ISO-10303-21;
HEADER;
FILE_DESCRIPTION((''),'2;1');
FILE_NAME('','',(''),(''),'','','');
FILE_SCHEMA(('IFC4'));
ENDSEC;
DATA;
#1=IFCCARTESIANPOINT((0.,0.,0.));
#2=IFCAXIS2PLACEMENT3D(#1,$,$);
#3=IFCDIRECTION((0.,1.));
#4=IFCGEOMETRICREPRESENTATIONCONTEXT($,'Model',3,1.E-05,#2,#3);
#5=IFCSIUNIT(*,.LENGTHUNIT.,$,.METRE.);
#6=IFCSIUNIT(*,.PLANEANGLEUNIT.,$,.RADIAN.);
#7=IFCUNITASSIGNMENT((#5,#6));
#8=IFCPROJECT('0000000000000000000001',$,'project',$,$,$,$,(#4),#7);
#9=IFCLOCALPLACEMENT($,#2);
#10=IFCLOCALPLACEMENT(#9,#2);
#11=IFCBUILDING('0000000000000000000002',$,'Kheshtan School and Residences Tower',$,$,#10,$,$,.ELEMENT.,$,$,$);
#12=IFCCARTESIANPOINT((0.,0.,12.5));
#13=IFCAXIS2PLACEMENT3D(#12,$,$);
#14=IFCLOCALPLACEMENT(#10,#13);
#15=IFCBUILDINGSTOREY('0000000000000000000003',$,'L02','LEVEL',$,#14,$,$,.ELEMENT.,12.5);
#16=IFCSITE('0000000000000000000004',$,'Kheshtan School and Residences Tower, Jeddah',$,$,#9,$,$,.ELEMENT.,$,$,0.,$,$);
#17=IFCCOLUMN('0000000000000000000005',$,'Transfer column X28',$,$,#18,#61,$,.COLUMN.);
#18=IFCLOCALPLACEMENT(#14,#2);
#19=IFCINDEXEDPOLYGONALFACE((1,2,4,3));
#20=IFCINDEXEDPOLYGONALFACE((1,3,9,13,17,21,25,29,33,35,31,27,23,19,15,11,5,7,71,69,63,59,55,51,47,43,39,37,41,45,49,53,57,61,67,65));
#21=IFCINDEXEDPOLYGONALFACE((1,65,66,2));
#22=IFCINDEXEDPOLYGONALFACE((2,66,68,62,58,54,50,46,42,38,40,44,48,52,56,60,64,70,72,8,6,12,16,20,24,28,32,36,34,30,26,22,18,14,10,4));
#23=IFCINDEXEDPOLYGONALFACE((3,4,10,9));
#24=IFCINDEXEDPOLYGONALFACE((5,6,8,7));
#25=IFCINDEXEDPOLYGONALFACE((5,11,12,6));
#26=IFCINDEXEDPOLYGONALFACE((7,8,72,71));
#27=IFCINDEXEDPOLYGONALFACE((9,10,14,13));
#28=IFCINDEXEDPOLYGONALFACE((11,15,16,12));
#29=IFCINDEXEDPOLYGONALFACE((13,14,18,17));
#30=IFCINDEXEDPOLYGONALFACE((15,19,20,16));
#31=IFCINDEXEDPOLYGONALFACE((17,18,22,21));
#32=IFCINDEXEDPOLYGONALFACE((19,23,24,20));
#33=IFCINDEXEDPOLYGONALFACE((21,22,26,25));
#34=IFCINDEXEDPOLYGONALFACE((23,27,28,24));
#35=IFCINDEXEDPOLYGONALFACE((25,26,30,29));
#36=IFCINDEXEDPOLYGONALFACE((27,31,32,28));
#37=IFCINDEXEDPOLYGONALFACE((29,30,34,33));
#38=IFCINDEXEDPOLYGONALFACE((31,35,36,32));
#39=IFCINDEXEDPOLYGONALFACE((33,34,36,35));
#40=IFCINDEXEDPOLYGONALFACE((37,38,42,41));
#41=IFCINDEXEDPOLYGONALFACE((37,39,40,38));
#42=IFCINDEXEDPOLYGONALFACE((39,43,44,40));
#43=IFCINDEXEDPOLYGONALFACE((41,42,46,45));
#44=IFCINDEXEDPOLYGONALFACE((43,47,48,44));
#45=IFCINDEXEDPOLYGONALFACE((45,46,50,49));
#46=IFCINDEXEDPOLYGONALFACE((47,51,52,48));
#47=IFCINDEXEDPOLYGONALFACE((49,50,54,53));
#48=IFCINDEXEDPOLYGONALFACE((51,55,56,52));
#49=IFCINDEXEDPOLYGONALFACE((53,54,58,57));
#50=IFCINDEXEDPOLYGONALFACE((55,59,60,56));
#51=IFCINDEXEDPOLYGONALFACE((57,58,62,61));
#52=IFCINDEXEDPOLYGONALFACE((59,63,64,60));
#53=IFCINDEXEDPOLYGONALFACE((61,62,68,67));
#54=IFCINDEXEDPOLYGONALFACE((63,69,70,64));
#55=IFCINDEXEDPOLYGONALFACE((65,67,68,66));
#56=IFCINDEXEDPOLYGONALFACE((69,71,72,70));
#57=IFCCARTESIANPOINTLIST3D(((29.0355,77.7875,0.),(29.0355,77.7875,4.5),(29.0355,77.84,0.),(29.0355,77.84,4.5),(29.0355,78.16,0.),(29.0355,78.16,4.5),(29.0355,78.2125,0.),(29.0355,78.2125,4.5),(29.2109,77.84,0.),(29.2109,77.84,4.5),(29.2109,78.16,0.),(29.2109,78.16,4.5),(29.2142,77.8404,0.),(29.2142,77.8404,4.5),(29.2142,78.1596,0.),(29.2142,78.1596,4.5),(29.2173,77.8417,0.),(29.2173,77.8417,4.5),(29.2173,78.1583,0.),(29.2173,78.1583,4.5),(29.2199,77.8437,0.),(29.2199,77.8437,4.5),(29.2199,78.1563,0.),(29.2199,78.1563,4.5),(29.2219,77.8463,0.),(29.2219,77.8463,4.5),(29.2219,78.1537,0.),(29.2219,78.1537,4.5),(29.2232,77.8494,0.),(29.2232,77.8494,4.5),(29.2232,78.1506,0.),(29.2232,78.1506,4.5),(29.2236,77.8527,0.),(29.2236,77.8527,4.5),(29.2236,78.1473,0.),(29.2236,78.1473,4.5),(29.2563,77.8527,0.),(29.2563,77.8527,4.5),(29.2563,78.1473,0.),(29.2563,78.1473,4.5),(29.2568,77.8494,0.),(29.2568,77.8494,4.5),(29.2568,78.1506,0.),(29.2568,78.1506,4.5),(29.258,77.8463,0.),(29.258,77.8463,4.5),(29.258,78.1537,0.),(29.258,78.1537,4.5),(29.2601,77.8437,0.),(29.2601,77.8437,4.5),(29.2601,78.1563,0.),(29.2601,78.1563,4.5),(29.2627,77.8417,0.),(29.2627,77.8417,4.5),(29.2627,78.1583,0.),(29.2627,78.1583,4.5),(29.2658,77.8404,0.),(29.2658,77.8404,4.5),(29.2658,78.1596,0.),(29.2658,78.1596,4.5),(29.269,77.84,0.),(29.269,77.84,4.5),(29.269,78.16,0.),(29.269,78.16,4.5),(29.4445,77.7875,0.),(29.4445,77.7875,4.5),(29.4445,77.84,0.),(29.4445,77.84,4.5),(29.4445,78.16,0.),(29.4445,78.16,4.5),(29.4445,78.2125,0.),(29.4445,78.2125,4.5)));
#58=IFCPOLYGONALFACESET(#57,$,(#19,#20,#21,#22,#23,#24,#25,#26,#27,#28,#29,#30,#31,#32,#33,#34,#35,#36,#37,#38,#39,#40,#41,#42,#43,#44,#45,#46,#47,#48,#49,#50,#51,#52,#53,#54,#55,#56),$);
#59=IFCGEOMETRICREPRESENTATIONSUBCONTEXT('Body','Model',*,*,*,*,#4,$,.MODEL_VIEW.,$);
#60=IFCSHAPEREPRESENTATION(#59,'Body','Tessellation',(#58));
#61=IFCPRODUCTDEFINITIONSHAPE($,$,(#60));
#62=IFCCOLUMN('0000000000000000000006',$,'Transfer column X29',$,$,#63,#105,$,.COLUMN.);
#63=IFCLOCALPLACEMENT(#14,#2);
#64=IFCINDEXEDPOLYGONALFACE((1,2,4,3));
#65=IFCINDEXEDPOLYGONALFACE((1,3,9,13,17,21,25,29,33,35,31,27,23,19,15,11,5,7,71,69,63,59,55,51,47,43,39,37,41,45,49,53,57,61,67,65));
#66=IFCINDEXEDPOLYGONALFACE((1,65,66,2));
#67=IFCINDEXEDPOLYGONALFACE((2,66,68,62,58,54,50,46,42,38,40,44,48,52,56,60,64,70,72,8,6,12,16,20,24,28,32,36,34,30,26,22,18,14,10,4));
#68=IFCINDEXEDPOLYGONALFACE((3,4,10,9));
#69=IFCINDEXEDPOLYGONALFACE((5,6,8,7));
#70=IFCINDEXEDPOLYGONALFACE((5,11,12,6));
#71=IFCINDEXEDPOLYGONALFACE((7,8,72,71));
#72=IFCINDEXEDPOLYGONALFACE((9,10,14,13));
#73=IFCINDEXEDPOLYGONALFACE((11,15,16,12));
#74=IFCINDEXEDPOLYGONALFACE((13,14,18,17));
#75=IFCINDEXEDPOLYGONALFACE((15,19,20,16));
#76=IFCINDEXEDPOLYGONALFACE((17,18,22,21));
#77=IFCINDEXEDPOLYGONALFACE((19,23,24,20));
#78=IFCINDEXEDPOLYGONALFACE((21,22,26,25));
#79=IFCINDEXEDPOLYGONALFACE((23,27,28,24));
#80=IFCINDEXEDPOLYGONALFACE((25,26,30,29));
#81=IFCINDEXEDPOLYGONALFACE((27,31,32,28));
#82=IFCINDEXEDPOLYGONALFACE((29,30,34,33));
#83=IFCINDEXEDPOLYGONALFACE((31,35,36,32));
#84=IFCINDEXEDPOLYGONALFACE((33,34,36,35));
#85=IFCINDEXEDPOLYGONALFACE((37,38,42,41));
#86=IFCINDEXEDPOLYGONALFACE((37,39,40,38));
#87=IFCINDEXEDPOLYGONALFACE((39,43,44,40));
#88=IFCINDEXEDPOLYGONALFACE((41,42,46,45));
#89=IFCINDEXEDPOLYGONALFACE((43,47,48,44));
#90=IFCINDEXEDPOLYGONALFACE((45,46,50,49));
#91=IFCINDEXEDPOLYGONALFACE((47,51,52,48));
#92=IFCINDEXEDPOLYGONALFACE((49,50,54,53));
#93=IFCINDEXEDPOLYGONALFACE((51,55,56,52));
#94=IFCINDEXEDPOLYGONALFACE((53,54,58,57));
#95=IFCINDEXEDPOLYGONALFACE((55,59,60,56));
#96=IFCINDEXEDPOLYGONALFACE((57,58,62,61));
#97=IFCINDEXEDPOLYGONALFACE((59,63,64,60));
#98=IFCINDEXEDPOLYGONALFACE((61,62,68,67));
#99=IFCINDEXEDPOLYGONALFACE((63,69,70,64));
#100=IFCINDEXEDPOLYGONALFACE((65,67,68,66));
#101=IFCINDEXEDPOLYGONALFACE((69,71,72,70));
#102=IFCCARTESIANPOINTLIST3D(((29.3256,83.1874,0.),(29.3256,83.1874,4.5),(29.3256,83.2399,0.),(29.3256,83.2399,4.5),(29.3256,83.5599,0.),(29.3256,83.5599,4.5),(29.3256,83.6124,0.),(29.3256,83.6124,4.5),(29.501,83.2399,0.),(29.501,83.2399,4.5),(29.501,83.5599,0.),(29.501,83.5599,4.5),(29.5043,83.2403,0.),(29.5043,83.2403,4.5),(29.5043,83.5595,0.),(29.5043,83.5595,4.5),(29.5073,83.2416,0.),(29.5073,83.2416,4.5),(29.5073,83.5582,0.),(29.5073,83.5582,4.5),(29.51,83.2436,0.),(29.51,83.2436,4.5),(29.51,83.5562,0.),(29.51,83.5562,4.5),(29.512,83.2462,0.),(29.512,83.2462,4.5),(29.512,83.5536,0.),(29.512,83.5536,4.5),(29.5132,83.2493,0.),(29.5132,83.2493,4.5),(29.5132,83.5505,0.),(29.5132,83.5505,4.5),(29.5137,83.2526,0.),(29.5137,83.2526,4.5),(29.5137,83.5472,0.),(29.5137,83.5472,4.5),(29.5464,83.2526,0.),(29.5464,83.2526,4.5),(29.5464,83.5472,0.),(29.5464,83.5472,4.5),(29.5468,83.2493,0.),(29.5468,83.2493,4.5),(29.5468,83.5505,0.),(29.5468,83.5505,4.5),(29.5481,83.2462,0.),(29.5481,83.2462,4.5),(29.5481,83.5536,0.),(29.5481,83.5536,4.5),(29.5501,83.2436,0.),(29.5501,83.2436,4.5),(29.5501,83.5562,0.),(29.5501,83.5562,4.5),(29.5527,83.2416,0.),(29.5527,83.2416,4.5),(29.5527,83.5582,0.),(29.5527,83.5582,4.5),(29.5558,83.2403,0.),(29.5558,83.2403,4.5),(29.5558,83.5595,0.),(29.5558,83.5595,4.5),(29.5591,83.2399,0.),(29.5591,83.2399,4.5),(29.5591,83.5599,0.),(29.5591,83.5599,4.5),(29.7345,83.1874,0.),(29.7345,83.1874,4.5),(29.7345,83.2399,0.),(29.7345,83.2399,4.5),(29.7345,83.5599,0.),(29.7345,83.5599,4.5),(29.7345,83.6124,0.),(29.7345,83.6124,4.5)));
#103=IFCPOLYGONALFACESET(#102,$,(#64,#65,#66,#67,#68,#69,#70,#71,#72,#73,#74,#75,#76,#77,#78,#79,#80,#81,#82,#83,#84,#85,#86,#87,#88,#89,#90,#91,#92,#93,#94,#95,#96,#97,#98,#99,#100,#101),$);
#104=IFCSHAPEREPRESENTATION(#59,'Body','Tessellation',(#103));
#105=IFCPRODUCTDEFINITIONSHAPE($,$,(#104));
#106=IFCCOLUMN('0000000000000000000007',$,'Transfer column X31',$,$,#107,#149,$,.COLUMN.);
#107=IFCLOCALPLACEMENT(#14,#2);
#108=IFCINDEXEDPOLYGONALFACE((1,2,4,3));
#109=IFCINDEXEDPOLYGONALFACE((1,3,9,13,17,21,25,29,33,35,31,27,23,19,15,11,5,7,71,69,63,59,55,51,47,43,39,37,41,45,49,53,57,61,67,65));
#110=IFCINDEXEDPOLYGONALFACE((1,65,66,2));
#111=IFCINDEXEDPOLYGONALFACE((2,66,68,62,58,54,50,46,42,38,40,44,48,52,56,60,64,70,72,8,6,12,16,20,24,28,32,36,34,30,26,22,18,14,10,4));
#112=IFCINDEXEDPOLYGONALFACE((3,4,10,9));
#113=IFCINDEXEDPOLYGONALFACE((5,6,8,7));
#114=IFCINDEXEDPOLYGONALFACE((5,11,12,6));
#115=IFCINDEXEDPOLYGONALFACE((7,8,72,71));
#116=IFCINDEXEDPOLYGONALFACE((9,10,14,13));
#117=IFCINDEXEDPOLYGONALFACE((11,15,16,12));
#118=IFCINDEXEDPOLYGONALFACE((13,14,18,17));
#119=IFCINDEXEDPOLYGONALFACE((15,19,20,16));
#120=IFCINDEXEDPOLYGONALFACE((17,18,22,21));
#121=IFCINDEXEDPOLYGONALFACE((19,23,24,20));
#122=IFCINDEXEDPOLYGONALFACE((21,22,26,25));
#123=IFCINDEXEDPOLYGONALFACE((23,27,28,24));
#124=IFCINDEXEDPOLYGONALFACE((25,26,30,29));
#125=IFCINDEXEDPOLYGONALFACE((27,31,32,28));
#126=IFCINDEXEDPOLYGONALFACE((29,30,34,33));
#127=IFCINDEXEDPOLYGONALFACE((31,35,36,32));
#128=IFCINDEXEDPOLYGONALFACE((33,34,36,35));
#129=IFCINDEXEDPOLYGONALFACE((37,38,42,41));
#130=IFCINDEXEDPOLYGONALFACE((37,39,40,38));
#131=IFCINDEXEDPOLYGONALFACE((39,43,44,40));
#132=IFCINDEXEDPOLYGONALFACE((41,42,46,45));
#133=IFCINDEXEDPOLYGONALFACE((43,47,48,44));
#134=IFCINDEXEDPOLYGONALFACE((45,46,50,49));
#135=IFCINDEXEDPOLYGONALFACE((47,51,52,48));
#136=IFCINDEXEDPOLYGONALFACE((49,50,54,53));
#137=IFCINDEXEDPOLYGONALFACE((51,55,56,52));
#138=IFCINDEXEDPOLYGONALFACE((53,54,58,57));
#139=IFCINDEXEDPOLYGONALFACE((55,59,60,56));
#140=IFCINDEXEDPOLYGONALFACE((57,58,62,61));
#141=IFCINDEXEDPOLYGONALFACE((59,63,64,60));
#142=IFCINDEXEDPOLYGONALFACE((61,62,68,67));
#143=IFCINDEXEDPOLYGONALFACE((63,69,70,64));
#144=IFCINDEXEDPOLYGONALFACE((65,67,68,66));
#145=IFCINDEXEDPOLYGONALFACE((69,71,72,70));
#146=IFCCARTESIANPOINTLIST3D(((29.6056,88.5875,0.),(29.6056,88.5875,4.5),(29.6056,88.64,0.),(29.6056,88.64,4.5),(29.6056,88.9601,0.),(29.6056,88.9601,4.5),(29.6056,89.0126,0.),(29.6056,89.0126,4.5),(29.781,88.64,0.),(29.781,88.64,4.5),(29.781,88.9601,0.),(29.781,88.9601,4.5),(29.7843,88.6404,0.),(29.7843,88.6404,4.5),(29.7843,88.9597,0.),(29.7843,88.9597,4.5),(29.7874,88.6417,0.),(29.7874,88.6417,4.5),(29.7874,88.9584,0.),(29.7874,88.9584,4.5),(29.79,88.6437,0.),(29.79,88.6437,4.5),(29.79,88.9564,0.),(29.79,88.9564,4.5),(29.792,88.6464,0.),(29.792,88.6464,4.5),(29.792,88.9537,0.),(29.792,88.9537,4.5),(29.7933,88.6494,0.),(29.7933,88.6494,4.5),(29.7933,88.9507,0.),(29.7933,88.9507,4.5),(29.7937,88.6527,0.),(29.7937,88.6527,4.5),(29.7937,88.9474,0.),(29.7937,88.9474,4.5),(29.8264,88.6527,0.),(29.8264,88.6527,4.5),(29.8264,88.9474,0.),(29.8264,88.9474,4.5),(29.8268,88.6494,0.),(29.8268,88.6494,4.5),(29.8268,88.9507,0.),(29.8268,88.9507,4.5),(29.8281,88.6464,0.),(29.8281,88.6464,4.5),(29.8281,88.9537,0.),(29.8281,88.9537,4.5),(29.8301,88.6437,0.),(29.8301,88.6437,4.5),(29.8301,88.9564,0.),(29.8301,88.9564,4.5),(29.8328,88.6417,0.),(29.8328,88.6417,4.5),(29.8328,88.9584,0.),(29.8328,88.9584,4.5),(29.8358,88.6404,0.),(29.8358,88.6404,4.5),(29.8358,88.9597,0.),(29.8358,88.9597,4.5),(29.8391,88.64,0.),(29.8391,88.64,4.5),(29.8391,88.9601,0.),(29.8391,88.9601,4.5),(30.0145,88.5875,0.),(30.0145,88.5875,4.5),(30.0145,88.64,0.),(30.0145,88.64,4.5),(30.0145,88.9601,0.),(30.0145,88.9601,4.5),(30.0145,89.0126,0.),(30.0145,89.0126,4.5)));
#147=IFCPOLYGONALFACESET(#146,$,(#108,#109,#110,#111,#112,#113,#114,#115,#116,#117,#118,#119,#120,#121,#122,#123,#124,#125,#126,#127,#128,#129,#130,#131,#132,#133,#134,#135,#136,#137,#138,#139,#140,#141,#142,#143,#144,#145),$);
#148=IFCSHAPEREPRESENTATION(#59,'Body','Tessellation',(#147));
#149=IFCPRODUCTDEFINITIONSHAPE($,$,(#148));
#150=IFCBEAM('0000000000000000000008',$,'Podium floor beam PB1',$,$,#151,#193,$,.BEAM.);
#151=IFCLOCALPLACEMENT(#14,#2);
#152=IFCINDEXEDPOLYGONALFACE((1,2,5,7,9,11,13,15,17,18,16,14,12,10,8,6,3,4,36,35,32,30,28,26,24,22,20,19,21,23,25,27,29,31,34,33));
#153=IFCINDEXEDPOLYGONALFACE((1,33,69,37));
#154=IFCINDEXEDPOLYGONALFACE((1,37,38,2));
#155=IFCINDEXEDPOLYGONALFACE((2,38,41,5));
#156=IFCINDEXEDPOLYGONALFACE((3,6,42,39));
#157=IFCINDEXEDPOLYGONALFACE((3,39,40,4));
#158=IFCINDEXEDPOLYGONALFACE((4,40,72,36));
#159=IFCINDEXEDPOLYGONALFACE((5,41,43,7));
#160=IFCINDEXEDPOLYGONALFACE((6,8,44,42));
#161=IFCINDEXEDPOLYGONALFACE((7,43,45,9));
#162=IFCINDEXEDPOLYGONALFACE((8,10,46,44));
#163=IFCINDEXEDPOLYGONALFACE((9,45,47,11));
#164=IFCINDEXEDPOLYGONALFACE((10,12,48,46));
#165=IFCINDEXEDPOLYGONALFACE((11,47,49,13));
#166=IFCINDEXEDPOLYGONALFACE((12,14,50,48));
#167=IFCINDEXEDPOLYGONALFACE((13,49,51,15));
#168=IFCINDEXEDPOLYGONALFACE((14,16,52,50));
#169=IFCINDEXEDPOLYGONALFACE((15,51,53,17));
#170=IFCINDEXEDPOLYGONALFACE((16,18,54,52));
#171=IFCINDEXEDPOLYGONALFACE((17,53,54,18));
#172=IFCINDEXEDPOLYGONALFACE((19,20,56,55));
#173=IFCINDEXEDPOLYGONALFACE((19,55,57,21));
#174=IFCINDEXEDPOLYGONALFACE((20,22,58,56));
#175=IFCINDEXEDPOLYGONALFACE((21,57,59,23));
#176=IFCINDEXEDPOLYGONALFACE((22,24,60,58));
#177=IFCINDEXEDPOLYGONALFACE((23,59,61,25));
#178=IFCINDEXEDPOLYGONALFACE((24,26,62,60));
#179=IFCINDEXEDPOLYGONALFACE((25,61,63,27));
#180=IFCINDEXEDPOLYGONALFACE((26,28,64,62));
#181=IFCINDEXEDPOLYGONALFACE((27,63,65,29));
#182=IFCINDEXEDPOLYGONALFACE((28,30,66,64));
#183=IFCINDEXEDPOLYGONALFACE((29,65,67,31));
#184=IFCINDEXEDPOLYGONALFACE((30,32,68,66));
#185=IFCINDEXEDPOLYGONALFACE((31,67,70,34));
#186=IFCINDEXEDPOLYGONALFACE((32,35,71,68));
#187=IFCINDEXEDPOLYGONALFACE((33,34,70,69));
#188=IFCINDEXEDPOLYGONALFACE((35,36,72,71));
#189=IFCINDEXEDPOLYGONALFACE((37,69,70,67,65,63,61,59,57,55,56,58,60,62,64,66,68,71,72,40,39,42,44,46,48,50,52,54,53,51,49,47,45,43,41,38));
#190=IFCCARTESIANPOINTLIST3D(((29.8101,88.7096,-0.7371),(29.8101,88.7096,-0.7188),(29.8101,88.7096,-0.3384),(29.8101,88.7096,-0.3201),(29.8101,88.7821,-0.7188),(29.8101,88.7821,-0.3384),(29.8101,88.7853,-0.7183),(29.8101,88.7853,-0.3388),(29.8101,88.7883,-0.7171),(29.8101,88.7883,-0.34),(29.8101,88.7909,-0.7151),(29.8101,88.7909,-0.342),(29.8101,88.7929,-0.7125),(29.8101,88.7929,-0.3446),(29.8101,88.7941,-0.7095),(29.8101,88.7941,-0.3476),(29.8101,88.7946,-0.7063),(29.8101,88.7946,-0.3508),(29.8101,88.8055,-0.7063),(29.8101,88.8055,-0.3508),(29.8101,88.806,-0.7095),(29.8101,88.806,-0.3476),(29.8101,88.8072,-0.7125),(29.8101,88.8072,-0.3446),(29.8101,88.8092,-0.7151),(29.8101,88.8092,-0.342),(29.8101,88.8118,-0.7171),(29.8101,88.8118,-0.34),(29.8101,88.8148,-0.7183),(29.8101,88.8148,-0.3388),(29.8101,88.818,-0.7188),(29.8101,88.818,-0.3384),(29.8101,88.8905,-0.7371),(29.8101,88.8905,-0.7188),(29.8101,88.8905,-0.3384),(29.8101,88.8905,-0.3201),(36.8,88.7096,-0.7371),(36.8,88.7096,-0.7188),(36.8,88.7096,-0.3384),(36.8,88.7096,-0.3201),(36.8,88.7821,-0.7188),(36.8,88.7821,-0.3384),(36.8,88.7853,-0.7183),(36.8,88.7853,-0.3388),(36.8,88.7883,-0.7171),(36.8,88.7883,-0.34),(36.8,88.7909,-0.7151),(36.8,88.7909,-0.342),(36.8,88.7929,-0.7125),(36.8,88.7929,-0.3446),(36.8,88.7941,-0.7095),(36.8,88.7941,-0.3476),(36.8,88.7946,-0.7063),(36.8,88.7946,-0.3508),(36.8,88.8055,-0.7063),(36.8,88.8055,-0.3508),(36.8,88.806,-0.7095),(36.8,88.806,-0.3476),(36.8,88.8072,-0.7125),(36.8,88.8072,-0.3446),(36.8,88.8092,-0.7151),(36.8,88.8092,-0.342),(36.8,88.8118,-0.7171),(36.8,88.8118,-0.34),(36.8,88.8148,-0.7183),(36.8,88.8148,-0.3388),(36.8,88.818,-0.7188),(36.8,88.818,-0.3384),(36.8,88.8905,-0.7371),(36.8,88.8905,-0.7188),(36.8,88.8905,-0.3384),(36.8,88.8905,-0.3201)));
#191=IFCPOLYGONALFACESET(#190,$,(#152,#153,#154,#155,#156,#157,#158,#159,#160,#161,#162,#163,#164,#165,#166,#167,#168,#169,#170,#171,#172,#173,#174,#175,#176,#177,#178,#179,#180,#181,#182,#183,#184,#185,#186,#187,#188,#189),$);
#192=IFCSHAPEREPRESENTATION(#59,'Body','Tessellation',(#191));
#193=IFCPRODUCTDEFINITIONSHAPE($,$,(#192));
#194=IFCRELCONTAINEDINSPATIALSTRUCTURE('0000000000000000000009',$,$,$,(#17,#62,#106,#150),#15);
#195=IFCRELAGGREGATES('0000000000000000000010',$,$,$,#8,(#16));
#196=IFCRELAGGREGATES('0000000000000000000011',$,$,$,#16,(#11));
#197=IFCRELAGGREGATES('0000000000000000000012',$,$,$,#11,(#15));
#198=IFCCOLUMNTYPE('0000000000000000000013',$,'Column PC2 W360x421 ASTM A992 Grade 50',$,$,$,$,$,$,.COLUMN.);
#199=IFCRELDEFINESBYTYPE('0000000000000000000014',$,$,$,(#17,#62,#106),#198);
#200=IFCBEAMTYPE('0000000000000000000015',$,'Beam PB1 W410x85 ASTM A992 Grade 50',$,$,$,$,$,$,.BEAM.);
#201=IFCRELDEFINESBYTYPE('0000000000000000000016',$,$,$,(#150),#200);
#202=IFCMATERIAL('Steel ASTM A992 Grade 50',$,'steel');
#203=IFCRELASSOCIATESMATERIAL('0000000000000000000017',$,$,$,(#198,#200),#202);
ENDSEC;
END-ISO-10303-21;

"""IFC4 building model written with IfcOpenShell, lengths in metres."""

from ifc_helpers import new_model, si_unit, direction, frame, origin, origin_2d, place, context, subcontext, project, spatial, i_section, extrude, material, material_profile, profile_set, type_object, element, save


model = new_model("IFC4")

# Units and contexts
model_context = context("Model", 3, precision=1e-05, world=origin(), true_north=direction((0.0, 1.0)))
body_context = subcontext(model_context, "Body", "Model", "MODEL_VIEW")
ifc_project = project(units=[si_unit("LENGTHUNIT", "METRE"), si_unit("PLANEANGLEUNIT", "RADIAN")], contexts=[model_context])

# Site, building, storey
site_placement = place(None, origin())
site = spatial("IfcSite", under=ifc_project, at=site_placement, Name="Kheshtan School and Residences Tower, Jeddah", CompositionType="ELEMENT", RefElevation=0.0)
building_placement = place(site_placement, origin())
building = spatial("IfcBuilding", under=site, at=building_placement, Name="Kheshtan School and Residences Tower", CompositionType="ELEMENT")
storey_placement = place(building_placement, frame((0.0, 0.0, 12.5)))
storey = spatial("IfcBuildingStorey", under=building, at=storey_placement, Name="L02", Description="LEVEL", CompositionType="ELEMENT", Elevation=12.5)

# Columns
ifc_material_1 = material(Name="Steel ASTM A992 Grade 50", Category="steel")
ifc_material_profile_1 = material_profile(ifc_material_1, i_section(OverallWidth=0.4089, OverallDepth=0.425, WebThickness=0.0327, FlangeThickness=0.0525, FilletRadius=0.0127, at=origin_2d()), Name="W360x421")
ifc_profile_set_1 = profile_set([ifc_material_profile_1], Name="Steel ASTM A992 Grade 50")
column_type = type_object("IfcColumnType", Name="Column PC2 W360x421 ASTM A992 Grade 50", PredefinedType="COLUMN", material=ifc_profile_set_1)
for number, where, z_axis, x_axis, name in (
    (1, (29.24, 78.0, 0.0), (0.0, 0.0, 1.0), (1.0, 0.0, 0.0), "Transfer column X28"),
    (2, (29.53, 83.3999, 0.0), (0.0, 0.0, 1.0), (1.0, 0.0, 0.0), "Transfer column X29"),
    (3, (29.8101, 88.8, 0.0), (0.0, 0.0, 1.0), (1.0, 0.0, 0.0), "Transfer column X31"),
):
    element("IfcColumn", number, at=place(storey_placement, frame(where, z_axis=z_axis, x_axis=x_axis)), inside=storey, type_object=column_type, Name=name, PredefinedType="COLUMN", context=body_context, shape_type="SweptSolid", body=[
        extrude(i_section(OverallWidth=0.4089, OverallDepth=0.425, WebThickness=0.0327, FlangeThickness=0.0525, FilletRadius=0.0127, at=origin_2d()), origin(), (0.0, 0.0, 1.0), 4.5),
    ])

# Beam
ifc_material_profile_2 = material_profile(ifc_material_1, i_section(OverallWidth=0.1809, OverallDepth=0.417, WebThickness=0.011, FlangeThickness=0.0183, FilletRadius=0.0125, at=origin_2d()), Name="W410x85")
ifc_profile_set_2 = profile_set([ifc_material_profile_2], Name="Steel ASTM A992 Grade 50")
beam_type_1 = type_object("IfcBeamType", Name="Beam PB1 W410x85 ASTM A992 Grade 50", PredefinedType="BEAM", material=ifc_profile_set_2)
beam_1_placement = place(storey_placement, frame((29.8101, 88.8, -0.5286), z_axis=(1.0, 0.0, 0.0), x_axis=(0.0, 1.0, 0.0)))
element("IfcBeam", 4, at=beam_1_placement, inside=storey, type_object=beam_type_1, Name="Podium floor beam PB1", PredefinedType="BEAM", context=body_context, shape_type="SweptSolid", body=[
    extrude(i_section(OverallWidth=0.1809, OverallDepth=0.417, WebThickness=0.011, FlangeThickness=0.0183, FilletRadius=0.0125, at=origin_2d()), origin(), (0.0, 0.0, 1.0), 6.99),
])

save(model, "model.ifc")
